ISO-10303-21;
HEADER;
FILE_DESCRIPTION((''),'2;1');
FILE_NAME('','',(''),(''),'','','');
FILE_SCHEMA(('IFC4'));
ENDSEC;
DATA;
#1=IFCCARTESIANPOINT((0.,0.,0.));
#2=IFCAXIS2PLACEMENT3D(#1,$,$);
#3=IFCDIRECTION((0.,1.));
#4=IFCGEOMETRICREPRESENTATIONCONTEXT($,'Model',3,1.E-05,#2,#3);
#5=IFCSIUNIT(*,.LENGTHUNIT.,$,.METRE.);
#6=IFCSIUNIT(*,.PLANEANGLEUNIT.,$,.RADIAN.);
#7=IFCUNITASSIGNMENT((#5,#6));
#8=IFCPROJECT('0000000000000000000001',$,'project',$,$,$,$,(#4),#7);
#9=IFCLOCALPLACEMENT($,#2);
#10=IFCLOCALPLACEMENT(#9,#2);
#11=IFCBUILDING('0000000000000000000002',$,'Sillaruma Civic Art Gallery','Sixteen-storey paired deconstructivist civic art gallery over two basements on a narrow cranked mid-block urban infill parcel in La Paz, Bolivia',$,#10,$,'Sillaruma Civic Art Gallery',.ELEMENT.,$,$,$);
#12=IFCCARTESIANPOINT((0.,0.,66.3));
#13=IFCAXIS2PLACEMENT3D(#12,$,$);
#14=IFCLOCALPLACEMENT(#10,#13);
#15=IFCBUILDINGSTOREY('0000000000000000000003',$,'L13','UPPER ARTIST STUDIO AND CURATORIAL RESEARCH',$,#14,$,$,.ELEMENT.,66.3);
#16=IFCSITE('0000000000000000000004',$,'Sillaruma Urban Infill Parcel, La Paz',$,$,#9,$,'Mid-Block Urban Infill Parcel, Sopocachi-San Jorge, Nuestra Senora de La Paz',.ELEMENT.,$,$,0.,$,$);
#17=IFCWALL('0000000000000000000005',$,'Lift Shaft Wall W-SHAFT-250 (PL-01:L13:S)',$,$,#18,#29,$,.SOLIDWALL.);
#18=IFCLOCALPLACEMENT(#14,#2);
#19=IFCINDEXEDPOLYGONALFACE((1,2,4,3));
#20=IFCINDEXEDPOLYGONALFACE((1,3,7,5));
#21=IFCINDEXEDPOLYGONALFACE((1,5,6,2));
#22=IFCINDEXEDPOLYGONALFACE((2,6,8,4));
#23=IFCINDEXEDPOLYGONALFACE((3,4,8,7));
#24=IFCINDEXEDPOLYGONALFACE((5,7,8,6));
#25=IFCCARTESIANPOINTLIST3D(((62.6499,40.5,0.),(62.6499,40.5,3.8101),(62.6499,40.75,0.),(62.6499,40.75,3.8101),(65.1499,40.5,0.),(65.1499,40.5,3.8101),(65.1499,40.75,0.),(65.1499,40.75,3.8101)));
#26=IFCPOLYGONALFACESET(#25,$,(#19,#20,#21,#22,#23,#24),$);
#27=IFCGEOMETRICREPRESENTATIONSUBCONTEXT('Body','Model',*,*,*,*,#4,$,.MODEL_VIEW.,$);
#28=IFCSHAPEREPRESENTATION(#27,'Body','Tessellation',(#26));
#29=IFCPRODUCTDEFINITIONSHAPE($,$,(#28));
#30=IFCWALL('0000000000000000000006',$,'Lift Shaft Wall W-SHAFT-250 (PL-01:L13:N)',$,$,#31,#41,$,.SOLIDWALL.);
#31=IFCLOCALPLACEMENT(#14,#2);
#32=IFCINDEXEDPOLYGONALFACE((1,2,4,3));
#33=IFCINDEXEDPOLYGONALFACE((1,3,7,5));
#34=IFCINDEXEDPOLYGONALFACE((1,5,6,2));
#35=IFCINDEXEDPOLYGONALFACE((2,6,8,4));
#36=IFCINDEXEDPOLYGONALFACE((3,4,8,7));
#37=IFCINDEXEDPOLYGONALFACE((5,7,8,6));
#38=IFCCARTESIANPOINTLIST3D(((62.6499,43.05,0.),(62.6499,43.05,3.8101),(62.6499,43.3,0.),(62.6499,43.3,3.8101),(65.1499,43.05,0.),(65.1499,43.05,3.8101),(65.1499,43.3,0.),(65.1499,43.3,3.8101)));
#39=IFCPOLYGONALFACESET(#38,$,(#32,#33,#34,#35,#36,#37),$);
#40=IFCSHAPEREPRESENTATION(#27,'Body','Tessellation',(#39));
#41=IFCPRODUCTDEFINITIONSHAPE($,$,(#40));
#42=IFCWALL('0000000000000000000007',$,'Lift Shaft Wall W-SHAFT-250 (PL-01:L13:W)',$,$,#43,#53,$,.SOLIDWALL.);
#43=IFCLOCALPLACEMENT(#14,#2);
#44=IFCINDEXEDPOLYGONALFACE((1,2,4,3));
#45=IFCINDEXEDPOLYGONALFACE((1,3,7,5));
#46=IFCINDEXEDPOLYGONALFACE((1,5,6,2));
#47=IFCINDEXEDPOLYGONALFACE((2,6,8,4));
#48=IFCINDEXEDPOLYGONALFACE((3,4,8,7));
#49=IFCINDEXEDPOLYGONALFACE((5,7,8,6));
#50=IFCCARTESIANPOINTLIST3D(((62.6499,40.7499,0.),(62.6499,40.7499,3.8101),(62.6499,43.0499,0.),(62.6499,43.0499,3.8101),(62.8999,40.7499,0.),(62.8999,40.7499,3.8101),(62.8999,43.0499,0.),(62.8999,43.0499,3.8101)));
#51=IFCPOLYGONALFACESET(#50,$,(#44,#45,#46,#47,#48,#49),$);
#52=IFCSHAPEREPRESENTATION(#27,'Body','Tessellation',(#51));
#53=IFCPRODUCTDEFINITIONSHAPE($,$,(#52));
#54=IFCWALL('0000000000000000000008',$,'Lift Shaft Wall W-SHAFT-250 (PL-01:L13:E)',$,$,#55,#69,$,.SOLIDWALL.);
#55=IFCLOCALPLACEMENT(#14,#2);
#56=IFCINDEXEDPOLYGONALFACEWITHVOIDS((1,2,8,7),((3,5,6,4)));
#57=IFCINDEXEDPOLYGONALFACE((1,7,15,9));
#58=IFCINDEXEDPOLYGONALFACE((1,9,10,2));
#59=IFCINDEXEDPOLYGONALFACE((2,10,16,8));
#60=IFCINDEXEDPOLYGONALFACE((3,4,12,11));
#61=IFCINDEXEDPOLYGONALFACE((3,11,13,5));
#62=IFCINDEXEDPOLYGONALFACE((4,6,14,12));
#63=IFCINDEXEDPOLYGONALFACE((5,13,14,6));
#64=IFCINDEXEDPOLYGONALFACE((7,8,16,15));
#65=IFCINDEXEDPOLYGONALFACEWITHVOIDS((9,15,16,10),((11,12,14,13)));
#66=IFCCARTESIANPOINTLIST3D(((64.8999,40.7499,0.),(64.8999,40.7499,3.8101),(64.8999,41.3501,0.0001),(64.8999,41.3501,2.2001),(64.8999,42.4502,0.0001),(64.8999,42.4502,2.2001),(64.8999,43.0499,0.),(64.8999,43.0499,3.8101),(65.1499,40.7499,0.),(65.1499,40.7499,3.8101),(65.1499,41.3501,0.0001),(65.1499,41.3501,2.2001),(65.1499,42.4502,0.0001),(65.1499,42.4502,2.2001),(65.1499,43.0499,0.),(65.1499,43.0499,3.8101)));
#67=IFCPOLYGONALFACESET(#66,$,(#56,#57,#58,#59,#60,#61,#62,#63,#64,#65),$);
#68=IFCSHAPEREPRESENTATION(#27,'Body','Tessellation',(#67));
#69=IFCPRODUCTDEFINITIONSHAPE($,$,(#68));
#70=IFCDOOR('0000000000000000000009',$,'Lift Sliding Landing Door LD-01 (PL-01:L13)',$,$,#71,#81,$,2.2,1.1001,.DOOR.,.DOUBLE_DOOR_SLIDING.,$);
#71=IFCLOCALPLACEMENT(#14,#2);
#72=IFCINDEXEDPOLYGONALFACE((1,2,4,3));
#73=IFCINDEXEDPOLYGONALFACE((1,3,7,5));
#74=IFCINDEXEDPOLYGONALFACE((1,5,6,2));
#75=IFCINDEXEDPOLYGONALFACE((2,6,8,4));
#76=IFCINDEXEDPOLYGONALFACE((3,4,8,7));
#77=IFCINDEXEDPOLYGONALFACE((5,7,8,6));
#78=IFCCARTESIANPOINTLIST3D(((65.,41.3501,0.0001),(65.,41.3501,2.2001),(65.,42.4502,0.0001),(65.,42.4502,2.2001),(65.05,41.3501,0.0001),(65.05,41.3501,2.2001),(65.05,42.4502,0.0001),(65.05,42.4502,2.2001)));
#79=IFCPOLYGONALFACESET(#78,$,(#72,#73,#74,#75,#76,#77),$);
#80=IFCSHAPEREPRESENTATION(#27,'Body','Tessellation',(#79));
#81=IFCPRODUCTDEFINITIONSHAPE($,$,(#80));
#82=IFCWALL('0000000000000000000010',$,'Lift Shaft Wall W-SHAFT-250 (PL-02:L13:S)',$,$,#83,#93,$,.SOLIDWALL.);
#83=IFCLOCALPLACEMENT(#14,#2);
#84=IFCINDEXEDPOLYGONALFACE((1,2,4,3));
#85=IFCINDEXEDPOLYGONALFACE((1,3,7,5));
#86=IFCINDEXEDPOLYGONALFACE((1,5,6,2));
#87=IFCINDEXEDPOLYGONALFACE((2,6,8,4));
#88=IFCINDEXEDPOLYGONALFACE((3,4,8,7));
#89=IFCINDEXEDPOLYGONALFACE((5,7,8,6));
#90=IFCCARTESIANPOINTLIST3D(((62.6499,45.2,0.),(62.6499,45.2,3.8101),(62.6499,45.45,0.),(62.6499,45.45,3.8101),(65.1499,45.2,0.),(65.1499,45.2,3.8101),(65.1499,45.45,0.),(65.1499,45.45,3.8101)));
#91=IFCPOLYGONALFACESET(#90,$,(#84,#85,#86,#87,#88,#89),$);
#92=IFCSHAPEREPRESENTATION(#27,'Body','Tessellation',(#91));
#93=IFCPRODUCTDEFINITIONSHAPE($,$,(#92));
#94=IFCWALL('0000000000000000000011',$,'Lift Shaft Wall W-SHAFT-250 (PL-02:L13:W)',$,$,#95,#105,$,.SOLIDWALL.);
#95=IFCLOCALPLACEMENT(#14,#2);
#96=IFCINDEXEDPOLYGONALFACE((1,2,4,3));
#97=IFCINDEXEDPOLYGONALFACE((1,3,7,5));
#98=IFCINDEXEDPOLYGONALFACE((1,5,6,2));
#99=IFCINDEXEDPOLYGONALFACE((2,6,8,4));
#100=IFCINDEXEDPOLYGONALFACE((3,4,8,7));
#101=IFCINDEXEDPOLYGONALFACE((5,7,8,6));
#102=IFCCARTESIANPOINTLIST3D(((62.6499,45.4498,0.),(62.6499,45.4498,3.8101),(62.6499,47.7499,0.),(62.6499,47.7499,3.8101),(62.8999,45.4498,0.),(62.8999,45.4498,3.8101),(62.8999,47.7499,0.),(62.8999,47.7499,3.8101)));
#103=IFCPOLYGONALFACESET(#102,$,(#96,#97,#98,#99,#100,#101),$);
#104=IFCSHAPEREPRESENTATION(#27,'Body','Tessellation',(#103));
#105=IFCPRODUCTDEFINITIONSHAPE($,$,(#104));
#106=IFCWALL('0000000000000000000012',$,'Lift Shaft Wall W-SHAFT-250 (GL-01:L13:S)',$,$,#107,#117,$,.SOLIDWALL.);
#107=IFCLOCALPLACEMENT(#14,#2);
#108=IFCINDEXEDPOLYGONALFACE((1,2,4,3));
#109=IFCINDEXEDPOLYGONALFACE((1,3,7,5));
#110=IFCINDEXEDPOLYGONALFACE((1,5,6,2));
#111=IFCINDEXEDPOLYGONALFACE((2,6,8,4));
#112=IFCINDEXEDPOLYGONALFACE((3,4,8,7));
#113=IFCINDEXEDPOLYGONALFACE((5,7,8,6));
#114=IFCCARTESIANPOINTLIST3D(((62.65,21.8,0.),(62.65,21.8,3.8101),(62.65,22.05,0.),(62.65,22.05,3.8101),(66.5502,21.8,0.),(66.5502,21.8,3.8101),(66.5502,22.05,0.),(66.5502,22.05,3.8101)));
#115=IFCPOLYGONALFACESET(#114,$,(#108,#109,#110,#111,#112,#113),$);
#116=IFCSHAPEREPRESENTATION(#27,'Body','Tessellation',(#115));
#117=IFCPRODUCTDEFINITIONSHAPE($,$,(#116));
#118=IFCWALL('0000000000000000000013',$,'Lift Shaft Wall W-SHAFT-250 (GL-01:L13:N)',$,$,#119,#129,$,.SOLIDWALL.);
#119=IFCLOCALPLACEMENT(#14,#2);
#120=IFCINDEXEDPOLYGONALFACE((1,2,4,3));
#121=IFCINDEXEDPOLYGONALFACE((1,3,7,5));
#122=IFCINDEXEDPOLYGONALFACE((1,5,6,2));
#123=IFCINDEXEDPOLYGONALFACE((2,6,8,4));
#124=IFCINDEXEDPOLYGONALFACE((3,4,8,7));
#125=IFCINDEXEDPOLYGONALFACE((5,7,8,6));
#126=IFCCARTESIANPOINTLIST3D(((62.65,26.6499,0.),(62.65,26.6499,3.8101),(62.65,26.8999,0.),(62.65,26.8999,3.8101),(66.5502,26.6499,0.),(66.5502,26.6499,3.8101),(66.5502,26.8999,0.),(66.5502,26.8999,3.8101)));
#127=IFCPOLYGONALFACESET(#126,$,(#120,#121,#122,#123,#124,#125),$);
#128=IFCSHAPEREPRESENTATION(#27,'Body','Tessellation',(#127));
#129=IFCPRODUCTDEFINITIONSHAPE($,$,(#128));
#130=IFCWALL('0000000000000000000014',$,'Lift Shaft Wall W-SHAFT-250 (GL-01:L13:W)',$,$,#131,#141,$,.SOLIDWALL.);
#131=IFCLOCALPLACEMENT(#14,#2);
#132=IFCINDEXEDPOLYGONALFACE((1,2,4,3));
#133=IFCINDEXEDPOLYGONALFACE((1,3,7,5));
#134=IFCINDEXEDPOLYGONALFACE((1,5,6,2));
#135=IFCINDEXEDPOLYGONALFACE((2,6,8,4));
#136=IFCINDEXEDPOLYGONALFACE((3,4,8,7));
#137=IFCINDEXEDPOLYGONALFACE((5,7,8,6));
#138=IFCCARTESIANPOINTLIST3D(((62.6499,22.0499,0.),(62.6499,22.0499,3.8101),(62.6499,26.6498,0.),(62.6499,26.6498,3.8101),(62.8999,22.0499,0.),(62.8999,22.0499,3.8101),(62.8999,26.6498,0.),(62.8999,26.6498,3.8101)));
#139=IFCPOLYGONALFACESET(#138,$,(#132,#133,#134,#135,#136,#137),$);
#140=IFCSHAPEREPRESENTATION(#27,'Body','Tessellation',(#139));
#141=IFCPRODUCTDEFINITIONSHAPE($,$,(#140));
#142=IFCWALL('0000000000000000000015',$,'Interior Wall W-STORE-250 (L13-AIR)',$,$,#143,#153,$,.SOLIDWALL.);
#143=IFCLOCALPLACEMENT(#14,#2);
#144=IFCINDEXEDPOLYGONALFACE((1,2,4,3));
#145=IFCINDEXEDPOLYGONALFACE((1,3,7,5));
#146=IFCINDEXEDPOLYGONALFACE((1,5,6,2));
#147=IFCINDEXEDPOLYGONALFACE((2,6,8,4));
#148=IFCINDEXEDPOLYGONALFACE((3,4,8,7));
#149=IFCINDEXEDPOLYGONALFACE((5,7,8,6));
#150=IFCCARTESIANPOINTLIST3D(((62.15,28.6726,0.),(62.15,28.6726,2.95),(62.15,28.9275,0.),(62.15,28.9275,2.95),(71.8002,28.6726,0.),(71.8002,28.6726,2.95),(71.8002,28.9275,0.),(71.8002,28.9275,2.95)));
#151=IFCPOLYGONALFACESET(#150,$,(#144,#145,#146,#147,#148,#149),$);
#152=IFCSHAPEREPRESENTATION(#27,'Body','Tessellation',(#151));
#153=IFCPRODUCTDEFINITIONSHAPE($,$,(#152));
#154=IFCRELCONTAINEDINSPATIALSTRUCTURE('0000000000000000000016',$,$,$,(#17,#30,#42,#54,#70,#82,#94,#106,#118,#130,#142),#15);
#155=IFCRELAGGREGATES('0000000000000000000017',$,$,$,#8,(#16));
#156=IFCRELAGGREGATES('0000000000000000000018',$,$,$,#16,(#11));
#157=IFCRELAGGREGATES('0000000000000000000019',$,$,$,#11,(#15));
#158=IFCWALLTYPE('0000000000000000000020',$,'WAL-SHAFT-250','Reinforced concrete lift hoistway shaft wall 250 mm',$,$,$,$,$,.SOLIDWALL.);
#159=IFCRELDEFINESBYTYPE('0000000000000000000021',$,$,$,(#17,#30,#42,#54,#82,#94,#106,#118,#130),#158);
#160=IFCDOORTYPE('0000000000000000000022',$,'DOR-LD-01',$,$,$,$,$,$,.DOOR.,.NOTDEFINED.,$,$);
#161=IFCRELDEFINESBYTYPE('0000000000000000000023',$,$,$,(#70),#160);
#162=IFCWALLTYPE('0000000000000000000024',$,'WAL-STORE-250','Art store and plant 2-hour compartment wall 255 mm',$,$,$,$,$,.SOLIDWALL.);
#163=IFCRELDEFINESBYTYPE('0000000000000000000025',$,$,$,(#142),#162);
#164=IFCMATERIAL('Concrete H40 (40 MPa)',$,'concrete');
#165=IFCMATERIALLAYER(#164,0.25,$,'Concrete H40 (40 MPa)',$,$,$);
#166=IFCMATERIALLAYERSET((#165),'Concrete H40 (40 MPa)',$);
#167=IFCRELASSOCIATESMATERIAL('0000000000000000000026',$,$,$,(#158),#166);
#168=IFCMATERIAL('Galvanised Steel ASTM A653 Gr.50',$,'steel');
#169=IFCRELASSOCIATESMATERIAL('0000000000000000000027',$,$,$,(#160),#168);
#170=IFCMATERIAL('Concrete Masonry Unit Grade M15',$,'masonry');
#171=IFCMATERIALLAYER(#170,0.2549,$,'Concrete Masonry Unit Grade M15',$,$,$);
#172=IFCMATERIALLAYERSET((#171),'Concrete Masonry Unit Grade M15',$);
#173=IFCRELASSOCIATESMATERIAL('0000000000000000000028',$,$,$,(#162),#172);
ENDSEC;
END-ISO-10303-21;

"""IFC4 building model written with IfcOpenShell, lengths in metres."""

from ifc_helpers import new_model, si_unit, direction, frame, frame_2d, origin, place, context, subcontext, project, spatial, rectangle, extrude, material, layer, layer_set, type_object, element, fill, save


model = new_model("IFC4")

# Units and contexts
model_context = context("Model", 3, precision=1e-05, world=origin(), true_north=direction((0.0, 1.0)))
body_context = subcontext(model_context, "Body", "Model", "MODEL_VIEW")
ifc_project = project(units=[si_unit("LENGTHUNIT", "METRE"), si_unit("PLANEANGLEUNIT", "RADIAN")], contexts=[model_context])

# Site, building, storey
site_placement = place(None, origin())
site = spatial("IfcSite", under=ifc_project, at=site_placement, Name="Sillaruma Urban Infill Parcel, La Paz", LongName="Mid-Block Urban Infill Parcel, Sopocachi-San Jorge, Nuestra Senora de La Paz", CompositionType="ELEMENT", RefElevation=0.0)
building_placement = place(site_placement, origin())
building = spatial("IfcBuilding", under=site, at=building_placement, Name="Sillaruma Civic Art Gallery", Description="Sixteen-storey paired deconstructivist civic art gallery over two basements on a narrow cranked mid-block urban infill parcel in La Paz, Bolivia", LongName="Sillaruma Civic Art Gallery", CompositionType="ELEMENT")
storey_placement = place(building_placement, frame((0.0, 0.0, 66.3)))
storey = spatial("IfcBuildingStorey", under=building, at=storey_placement, Name="L13", Description="UPPER ARTIST STUDIO AND CURATORIAL RESEARCH", CompositionType="ELEMENT", Elevation=66.3)

# Shared definitions
ifc_material_1 = material(Name="Concrete H40 (40 MPa)", Category="concrete")
ifc_material_2 = material(Name="Galvanised Steel ASTM A653 Gr.50", Category="steel")

# Walls
ifc_material_3 = material(Name="Concrete Masonry Unit Grade M15", Category="masonry")
ifc_layer_1 = layer(ifc_material_1, 0.25, Name="Concrete H40 (40 MPa)")
ifc_layer_set_1 = layer_set([ifc_layer_1], Name="Concrete H40 (40 MPa)")
wall_type_1 = type_object("IfcWallType", Name="WAL-SHAFT-250", Description="Reinforced concrete lift hoistway shaft wall 250 mm", PredefinedType="SOLIDWALL", material=ifc_layer_set_1)
for number, where, z_axis, x_axis, name in (
    (1, (62.6499, 40.625, 0.0), (0.0, 0.0, 1.0), (1.0, 0.0, 0.0), "Lift Shaft Wall W-SHAFT-250 (PL-01:L13:S)"),
    (2, (62.6499, 43.175, 0.0), (0.0, 0.0, 1.0), (1.0, 0.0, 0.0), "Lift Shaft Wall W-SHAFT-250 (PL-01:L13:N)"),
):
    element("IfcWall", number, at=place(storey_placement, frame(where, z_axis=z_axis, x_axis=x_axis)), inside=storey, type_object=wall_type_1, Name=name, PredefinedType="SOLIDWALL", context=body_context, shape_type="SweptSolid", body=[
        extrude(rectangle(XDim=2.5, YDim=0.25, at=frame_2d((1.25, 0.0))), origin(), (0.0, 0.0, 1.0), 3.8101),
    ])
wall_1_placement = place(storey_placement, frame((62.7749, 40.75, 0.0), z_axis=(0.0, 0.0, 1.0), x_axis=(0.0, 1.0, 0.0)))
element("IfcWall", 3, at=wall_1_placement, inside=storey, type_object=wall_type_1, Name="Lift Shaft Wall W-SHAFT-250 (PL-01:L13:W)", PredefinedType="SOLIDWALL", context=body_context, shape_type="SweptSolid", body=[
    extrude(rectangle(XDim=2.3, YDim=0.25, at=frame_2d((1.1499, 0.0))), origin(), (0.0, 0.0, 1.0), 3.8101),
])

# Wall, opening, door
wall_2_placement = place(storey_placement, frame((65.0249, 40.75, 0.0), z_axis=(0.0, 0.0, 1.0), x_axis=(0.0, 1.0, 0.0)))
wall_2 = element("IfcWall", 4, at=wall_2_placement, inside=storey, type_object=wall_type_1, Name="Lift Shaft Wall W-SHAFT-250 (PL-01:L13:E)", PredefinedType="SOLIDWALL", context=body_context, shape_type="SweptSolid", body=[
    extrude(rectangle(XDim=2.3, YDim=0.25, at=frame_2d((1.1499, 0.0))), origin(), (0.0, 0.0, 1.0), 3.8101),
])
opening_1_placement = place(wall_2_placement, frame((0.6001, 0.0, 0.0)))
opening_1 = element("IfcOpeningElement", 5, at=opening_1_placement, cuts=wall_2, PredefinedType="OPENING", context=body_context, shape_type="SweptSolid", body=[
    extrude(rectangle(XDim=1.1001, YDim=2.2, at=frame_2d((0.55, 1.1001))), frame((0.0, 0.135, 0.0), z_axis=(0.0, -1.0, 0.0), x_axis=(1.0, 0.0, 0.0)), (0.0, 0.0, 1.0), 0.27),
])
door_type_1 = type_object("IfcDoorType", Name="DOR-LD-01", OperationType="NOTDEFINED", PredefinedType="DOOR", material=ifc_material_2)
door_1_placement = place(opening_1_placement, origin())
door_1 = element("IfcDoor", 6, at=door_1_placement, inside=storey, type_object=door_type_1, Name="Lift Sliding Landing Door LD-01 (PL-01:L13)", OperationType="DOUBLE_DOOR_SLIDING", OverallHeight=2.2, OverallWidth=1.1001, PredefinedType="DOOR", context=body_context, shape_type="SweptSolid", body=[
    extrude(rectangle(XDim=1.1001, YDim=2.2, at=frame_2d((0.55, 1.1001))), frame((0.0, 0.0249, 0.0), z_axis=(0.0, -1.0, 0.0), x_axis=(1.0, 0.0, 0.0)), (0.0, 0.0, 1.0), 0.05),
])
fill(opening_1, door_1)

# Walls
wall_3_placement = place(storey_placement, frame((62.6499, 45.325, 0.0), z_axis=(0.0, 0.0, 1.0), x_axis=(1.0, 0.0, 0.0)))
element("IfcWall", 7, at=wall_3_placement, inside=storey, type_object=wall_type_1, Name="Lift Shaft Wall W-SHAFT-250 (PL-02:L13:S)", PredefinedType="SOLIDWALL", context=body_context, shape_type="SweptSolid", body=[
    extrude(rectangle(XDim=2.5, YDim=0.25, at=frame_2d((1.25, 0.0))), origin(), (0.0, 0.0, 1.0), 3.8101),
])
wall_4_placement = place(storey_placement, frame((62.7749, 45.45, 0.0), z_axis=(0.0, 0.0, 1.0), x_axis=(0.0, 1.0, 0.0)))
element("IfcWall", 8, at=wall_4_placement, inside=storey, type_object=wall_type_1, Name="Lift Shaft Wall W-SHAFT-250 (PL-02:L13:W)", PredefinedType="SOLIDWALL", context=body_context, shape_type="SweptSolid", body=[
    extrude(rectangle(XDim=2.3, YDim=0.25, at=frame_2d((1.1499, 0.0))), origin(), (0.0, 0.0, 1.0), 3.8101),
])
for number, where, z_axis, x_axis, name in (
    (9, (62.6499, 21.925, 0.0), (0.0, 0.0, 1.0), (1.0, 0.0, 0.0), "Lift Shaft Wall W-SHAFT-250 (GL-01:L13:S)"),
    (10, (62.6499, 26.7749, 0.0), (0.0, 0.0, 1.0), (1.0, 0.0, 0.0), "Lift Shaft Wall W-SHAFT-250 (GL-01:L13:N)"),
):
    element("IfcWall", number, at=place(storey_placement, frame(where, z_axis=z_axis, x_axis=x_axis)), inside=storey, type_object=wall_type_1, Name=name, PredefinedType="SOLIDWALL", context=body_context, shape_type="SweptSolid", body=[
        extrude(rectangle(XDim=3.9001, YDim=0.25, at=frame_2d((1.9502, 0.0))), origin(), (0.0, 0.0, 1.0), 3.8101),
    ])
wall_5_placement = place(storey_placement, frame((62.7749, 22.05, 0.0), z_axis=(0.0, 0.0, 1.0), x_axis=(0.0, 1.0, 0.0)))
element("IfcWall", 11, at=wall_5_placement, inside=storey, type_object=wall_type_1, Name="Lift Shaft Wall W-SHAFT-250 (GL-01:L13:W)", PredefinedType="SOLIDWALL", context=body_context, shape_type="SweptSolid", body=[
    extrude(rectangle(XDim=4.5999, YDim=0.25, at=frame_2d((2.2998, 0.0))), origin(), (0.0, 0.0, 1.0), 3.8101),
])
ifc_layer_2 = layer(ifc_material_3, 0.2549, Name="Concrete Masonry Unit Grade M15")
ifc_layer_set_2 = layer_set([ifc_layer_2], Name="Concrete Masonry Unit Grade M15")
wall_type_2 = type_object("IfcWallType", Name="WAL-STORE-250", Description="Art store and plant 2-hour compartment wall 255 mm", PredefinedType="SOLIDWALL", material=ifc_layer_set_2)
wall_6_placement = place(storey_placement, frame((62.1499, 28.8, 0.0), z_axis=(0.0, 0.0, 1.0), x_axis=(1.0, 0.0, 0.0)))
element("IfcWall", 12, at=wall_6_placement, inside=storey, type_object=wall_type_2, Name="Interior Wall W-STORE-250 (L13-AIR)", PredefinedType="SOLIDWALL", context=body_context, shape_type="SweptSolid", body=[
    extrude(rectangle(XDim=9.6501, YDim=0.2549, at=frame_2d((4.8252, 0.0))), origin(), (0.0, 0.0, 1.0), 2.95),
])

save(model, "model.ifc")
